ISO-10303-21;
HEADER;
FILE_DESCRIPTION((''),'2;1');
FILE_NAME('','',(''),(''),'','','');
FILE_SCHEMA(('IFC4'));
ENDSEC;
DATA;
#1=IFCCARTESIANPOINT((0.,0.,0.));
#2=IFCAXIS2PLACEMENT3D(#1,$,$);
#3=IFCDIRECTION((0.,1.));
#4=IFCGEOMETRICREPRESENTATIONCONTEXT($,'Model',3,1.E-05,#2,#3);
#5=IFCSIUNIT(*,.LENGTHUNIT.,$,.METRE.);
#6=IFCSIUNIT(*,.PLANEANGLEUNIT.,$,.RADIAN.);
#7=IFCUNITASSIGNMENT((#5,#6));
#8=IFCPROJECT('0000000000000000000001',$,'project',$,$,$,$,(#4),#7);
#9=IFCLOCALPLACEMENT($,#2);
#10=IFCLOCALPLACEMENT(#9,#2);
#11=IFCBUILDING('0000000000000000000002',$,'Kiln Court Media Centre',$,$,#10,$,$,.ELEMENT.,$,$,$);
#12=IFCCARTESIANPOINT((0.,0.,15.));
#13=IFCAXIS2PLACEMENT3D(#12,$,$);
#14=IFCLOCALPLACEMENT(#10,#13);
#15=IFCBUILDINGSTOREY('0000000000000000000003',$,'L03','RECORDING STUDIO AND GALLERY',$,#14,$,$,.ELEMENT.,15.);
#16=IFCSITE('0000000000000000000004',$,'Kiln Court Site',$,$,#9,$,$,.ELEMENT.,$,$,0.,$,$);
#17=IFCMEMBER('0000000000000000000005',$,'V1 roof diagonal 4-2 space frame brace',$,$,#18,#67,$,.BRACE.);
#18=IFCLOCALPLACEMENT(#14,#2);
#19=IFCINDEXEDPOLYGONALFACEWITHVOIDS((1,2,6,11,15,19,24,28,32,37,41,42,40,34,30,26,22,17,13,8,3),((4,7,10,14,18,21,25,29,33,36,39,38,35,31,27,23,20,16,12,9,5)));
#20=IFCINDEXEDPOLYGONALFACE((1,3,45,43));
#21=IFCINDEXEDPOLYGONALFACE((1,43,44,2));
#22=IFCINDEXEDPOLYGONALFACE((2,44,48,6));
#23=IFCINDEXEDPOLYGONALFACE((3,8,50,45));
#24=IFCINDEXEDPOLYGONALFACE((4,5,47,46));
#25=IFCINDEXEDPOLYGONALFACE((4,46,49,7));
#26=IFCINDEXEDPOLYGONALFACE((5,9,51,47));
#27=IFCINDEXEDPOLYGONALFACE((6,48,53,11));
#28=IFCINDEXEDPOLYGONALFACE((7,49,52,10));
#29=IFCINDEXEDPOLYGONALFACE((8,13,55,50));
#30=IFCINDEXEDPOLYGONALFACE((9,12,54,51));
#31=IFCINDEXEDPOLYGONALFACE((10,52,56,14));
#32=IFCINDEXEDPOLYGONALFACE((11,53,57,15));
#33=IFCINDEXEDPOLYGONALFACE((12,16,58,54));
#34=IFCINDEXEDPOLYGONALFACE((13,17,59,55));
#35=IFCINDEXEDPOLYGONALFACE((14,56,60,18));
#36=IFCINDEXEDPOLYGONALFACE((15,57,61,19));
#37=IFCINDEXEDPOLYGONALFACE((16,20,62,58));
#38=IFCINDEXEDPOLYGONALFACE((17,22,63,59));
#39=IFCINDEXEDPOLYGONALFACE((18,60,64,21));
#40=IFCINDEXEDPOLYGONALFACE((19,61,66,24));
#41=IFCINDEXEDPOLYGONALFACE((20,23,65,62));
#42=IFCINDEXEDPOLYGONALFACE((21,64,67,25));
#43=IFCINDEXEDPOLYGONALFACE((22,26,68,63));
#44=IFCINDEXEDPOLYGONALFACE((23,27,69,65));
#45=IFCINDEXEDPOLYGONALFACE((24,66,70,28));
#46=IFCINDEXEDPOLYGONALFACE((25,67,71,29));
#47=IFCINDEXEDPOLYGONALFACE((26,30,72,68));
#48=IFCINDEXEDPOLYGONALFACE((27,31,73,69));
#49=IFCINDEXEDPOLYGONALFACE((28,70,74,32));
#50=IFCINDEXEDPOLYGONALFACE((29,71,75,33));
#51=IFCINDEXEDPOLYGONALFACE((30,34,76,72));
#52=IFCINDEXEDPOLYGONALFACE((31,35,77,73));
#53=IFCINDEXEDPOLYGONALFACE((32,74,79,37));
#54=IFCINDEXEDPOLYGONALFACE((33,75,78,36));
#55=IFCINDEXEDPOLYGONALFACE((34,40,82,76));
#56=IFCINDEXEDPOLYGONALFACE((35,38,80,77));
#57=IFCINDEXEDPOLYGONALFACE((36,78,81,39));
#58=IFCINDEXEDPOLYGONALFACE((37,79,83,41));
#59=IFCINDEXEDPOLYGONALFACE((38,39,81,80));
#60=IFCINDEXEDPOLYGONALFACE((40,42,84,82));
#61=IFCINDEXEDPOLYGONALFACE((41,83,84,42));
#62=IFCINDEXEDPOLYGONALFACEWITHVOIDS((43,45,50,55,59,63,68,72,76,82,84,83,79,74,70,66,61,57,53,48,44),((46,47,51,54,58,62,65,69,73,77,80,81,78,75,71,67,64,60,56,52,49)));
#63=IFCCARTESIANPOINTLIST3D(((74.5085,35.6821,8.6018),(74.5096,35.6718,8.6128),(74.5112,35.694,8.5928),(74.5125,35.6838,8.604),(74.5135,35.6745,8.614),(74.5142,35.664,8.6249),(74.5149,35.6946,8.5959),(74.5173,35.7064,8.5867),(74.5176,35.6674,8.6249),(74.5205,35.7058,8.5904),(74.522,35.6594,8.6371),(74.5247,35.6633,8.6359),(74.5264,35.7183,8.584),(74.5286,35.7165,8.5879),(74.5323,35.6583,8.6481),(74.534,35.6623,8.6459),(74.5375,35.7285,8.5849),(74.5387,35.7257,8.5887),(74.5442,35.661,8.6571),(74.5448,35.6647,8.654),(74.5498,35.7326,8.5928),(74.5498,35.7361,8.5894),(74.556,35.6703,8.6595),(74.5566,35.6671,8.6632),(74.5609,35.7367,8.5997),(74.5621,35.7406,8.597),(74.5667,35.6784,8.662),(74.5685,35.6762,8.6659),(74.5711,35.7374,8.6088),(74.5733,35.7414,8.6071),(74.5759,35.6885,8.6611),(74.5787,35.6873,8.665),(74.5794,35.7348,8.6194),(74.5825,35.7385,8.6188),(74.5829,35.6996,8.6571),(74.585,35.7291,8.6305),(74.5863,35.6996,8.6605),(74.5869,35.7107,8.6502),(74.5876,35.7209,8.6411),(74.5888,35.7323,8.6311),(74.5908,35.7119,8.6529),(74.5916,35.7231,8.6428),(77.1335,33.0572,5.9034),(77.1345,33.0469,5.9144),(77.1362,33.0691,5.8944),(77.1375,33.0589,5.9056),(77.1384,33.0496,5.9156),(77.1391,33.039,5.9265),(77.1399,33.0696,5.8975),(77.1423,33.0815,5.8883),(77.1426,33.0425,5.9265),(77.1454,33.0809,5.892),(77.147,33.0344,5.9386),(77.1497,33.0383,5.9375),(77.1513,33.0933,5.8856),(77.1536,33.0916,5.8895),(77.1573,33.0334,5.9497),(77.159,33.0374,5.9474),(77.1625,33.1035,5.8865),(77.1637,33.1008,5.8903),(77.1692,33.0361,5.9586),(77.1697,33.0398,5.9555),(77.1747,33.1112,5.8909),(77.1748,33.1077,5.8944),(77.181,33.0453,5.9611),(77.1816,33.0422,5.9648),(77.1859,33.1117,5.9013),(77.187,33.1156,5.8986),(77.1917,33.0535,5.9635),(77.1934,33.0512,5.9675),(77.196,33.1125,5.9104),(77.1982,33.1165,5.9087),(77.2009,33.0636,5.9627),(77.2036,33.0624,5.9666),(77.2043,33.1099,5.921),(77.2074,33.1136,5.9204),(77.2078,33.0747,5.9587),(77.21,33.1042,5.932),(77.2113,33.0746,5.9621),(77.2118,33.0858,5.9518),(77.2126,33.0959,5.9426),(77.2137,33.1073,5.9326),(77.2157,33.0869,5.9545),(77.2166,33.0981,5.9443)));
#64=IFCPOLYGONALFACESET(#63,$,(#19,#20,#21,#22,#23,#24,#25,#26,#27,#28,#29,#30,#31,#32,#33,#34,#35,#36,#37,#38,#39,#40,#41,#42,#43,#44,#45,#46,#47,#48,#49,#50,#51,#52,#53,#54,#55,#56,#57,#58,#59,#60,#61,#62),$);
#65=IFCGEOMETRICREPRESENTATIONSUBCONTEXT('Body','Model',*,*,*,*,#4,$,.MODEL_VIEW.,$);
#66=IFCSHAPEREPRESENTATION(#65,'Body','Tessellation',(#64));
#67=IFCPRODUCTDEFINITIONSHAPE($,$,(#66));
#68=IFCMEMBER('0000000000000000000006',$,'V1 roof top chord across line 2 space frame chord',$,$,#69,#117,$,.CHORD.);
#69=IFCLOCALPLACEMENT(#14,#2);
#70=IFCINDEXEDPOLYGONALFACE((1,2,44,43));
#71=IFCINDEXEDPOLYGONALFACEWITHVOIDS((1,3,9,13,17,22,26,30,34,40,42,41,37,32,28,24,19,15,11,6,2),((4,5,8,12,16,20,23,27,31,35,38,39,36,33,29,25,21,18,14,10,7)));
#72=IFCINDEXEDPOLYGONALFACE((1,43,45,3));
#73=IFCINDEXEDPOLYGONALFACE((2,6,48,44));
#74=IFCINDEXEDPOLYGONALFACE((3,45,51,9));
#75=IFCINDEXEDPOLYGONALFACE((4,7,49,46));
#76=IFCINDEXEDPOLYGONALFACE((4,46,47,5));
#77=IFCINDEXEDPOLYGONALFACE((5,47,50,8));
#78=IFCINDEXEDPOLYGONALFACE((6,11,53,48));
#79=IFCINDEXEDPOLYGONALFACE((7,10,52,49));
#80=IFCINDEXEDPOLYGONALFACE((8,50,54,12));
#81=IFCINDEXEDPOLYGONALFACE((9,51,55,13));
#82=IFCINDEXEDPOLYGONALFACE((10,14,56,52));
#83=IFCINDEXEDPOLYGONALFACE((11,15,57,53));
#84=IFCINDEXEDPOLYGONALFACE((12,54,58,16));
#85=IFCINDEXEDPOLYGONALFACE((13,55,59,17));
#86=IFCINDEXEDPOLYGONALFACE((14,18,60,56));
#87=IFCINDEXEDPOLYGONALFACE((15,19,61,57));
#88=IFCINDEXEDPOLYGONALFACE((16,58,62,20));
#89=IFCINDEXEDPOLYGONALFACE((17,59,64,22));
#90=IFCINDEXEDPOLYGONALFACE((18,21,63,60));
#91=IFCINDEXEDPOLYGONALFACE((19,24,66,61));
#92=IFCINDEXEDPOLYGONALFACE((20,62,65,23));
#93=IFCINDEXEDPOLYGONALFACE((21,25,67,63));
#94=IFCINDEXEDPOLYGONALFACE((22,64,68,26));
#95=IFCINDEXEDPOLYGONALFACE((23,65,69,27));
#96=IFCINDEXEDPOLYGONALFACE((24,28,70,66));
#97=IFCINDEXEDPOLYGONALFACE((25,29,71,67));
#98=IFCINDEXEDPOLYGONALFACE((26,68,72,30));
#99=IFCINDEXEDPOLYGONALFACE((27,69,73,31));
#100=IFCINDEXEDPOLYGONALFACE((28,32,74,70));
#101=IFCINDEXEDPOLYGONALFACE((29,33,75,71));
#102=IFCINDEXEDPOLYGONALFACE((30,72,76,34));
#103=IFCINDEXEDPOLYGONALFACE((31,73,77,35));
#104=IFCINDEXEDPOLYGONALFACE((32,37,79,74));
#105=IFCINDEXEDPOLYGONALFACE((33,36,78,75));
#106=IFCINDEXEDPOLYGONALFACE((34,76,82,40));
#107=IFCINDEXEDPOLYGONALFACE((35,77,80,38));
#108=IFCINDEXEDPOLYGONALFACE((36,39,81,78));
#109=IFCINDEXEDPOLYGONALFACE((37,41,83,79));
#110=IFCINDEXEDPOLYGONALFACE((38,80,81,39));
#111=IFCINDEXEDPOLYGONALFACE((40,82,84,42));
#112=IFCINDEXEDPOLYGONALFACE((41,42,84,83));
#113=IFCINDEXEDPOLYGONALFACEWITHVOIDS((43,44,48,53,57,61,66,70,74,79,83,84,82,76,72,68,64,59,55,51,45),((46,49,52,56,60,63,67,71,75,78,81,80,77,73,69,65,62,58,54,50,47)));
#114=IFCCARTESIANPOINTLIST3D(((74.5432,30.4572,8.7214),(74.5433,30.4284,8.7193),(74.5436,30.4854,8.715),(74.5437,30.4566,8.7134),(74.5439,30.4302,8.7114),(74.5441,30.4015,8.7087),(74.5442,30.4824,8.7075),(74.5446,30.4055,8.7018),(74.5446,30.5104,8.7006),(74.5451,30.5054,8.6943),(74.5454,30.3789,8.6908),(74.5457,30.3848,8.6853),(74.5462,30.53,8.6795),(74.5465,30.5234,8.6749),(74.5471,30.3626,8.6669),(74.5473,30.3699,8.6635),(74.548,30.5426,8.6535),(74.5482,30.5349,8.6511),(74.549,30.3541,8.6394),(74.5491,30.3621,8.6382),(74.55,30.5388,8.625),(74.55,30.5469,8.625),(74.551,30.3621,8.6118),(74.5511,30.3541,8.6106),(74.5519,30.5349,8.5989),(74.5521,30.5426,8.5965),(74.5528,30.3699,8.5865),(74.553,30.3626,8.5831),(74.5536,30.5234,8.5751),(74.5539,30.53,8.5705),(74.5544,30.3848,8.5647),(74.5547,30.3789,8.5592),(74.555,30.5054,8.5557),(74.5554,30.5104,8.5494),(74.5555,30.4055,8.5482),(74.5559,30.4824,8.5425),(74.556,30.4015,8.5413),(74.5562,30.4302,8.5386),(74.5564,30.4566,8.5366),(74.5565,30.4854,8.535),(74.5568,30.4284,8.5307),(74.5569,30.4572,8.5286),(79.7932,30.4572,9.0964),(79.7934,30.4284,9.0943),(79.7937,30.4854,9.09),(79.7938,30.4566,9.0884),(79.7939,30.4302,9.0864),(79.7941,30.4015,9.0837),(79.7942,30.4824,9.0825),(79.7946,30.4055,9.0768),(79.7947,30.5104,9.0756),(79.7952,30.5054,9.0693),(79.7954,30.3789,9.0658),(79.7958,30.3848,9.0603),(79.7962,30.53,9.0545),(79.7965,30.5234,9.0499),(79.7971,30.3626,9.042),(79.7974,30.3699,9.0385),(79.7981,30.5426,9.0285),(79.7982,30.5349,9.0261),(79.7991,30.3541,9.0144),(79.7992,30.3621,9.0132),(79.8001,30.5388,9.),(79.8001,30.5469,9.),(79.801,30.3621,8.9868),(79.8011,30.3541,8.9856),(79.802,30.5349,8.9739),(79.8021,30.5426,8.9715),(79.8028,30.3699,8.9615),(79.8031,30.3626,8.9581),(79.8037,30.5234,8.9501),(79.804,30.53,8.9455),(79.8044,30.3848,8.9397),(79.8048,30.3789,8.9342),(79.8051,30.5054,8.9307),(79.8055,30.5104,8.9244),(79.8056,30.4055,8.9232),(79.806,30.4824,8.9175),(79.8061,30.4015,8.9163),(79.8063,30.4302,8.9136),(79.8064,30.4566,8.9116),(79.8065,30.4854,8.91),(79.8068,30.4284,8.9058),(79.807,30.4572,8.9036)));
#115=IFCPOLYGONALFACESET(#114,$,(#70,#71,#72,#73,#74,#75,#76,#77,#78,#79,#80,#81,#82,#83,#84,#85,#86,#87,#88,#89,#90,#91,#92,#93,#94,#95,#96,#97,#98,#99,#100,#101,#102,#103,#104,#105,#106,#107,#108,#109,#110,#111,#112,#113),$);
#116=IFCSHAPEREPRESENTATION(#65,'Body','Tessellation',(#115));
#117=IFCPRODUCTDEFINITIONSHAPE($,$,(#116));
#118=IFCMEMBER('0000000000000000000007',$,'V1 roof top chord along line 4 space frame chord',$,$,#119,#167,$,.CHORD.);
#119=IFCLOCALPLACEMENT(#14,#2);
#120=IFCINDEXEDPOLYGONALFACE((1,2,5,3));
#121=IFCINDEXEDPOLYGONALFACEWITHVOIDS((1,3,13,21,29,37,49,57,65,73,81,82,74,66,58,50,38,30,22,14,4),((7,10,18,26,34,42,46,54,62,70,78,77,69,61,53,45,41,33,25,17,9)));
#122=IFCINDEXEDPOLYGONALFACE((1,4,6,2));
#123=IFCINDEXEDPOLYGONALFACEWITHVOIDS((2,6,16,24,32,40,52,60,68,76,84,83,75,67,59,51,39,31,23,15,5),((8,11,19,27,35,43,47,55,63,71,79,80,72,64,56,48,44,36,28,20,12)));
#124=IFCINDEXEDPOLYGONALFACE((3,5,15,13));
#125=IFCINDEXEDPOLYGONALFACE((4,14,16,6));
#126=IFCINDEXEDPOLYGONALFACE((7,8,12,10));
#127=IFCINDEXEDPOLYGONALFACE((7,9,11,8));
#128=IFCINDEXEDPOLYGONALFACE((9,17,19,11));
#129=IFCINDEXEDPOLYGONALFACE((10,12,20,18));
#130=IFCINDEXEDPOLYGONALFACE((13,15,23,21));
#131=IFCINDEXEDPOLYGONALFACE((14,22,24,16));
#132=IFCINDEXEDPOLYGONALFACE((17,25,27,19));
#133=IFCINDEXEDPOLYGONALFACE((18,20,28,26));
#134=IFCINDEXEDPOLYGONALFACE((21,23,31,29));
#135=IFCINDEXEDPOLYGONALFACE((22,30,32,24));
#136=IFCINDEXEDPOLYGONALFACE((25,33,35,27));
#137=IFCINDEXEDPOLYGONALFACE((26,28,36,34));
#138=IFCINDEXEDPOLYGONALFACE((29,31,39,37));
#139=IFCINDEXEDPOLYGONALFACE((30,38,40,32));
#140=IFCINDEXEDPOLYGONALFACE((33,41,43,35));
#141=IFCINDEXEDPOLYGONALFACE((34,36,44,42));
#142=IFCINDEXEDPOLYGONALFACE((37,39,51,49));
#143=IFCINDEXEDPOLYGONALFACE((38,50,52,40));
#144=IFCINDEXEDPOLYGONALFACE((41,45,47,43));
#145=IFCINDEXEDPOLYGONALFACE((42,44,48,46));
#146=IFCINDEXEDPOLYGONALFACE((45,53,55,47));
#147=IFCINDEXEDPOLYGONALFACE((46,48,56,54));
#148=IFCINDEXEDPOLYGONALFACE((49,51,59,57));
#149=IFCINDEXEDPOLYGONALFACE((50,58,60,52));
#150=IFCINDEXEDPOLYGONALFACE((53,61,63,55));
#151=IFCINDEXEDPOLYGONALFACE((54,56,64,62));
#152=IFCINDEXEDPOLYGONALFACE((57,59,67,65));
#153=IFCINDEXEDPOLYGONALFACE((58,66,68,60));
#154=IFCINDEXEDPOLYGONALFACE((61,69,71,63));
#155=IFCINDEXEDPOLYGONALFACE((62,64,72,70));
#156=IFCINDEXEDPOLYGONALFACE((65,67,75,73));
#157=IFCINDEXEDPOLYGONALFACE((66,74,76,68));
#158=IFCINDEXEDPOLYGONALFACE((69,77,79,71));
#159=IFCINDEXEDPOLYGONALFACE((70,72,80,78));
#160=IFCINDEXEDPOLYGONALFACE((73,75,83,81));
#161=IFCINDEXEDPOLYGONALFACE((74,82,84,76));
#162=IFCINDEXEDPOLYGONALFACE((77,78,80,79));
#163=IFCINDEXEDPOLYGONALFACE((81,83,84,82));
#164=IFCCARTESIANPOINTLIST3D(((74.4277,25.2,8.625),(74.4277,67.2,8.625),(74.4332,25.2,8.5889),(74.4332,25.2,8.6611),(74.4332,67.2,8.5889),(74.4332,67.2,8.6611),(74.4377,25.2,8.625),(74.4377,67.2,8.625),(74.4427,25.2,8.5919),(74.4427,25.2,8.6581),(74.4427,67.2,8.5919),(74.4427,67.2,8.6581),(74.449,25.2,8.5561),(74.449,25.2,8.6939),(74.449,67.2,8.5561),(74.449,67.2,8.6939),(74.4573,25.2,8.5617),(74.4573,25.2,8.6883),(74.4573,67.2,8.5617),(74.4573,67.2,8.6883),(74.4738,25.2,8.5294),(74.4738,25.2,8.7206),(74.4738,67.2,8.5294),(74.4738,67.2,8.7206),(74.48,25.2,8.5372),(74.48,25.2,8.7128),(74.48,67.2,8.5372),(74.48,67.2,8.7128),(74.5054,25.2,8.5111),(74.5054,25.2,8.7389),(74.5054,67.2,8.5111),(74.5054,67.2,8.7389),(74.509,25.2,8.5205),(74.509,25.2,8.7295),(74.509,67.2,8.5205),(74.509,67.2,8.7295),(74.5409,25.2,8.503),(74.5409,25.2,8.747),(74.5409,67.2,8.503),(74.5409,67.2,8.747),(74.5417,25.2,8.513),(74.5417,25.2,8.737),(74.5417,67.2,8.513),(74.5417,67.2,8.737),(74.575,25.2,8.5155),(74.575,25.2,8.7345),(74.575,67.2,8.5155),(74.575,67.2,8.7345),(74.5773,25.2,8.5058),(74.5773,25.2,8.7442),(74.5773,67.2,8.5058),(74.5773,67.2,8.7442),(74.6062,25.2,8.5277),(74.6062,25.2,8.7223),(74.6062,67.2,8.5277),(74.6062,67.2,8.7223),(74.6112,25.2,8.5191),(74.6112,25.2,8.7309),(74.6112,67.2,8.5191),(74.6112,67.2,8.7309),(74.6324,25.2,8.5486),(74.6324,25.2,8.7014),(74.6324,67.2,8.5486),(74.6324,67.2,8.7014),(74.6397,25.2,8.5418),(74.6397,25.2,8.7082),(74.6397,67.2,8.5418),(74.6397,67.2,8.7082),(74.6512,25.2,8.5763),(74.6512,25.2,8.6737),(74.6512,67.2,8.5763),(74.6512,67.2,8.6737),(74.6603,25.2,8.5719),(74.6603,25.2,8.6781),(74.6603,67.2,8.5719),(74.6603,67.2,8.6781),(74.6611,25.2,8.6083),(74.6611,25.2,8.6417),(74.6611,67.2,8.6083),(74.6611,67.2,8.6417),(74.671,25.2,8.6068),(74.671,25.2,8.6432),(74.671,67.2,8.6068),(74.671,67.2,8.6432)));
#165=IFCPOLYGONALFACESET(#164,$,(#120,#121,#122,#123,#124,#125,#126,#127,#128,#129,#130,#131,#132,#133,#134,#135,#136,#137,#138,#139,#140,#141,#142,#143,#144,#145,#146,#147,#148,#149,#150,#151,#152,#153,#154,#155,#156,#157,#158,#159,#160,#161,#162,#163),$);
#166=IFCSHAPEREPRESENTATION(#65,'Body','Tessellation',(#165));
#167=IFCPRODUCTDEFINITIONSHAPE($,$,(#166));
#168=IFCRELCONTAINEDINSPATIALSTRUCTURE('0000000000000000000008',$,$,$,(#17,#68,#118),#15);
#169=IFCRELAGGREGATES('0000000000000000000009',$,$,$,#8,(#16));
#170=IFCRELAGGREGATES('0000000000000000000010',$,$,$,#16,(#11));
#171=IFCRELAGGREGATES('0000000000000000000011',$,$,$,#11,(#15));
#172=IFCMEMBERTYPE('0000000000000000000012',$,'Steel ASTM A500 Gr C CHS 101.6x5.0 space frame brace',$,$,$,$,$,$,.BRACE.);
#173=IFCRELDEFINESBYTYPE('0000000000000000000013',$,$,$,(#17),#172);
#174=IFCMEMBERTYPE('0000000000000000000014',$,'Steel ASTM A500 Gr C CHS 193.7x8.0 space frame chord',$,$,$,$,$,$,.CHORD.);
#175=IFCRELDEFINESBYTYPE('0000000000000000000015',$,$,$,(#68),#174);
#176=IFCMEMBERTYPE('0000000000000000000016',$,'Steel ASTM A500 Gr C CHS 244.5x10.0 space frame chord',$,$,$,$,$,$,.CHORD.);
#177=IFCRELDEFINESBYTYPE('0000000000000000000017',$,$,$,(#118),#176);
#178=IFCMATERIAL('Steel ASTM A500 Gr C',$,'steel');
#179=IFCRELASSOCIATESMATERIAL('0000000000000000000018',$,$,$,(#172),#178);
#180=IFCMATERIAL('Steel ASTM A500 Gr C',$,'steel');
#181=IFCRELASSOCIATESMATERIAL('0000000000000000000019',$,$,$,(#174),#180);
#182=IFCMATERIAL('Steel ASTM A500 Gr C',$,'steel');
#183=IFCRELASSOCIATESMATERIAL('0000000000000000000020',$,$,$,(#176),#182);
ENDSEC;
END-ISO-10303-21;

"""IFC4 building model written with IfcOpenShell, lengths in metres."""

from ifc_helpers import new_model, si_unit, direction, frame, origin, origin_2d, place, context, subcontext, project, spatial, hollow_circle, extrude, material, material_profile, profile_set, type_object, element, save


model = new_model("IFC4")

# Units and contexts
model_context = context("Model", 3, precision=1e-05, world=origin(), true_north=direction((0.0, 1.0)))
body_context = subcontext(model_context, "Body", "Model", "MODEL_VIEW")
ifc_project = project(units=[si_unit("LENGTHUNIT", "METRE"), si_unit("PLANEANGLEUNIT", "RADIAN")], contexts=[model_context])

# Site, building, storey
site_placement = place(None, origin())
site = spatial("IfcSite", under=ifc_project, at=site_placement, Name="Kiln Court Site", CompositionType="ELEMENT", RefElevation=0.0)
building_placement = place(site_placement, origin())
building = spatial("IfcBuilding", under=site, at=building_placement, Name="Kiln Court Media Centre", CompositionType="ELEMENT")
storey_placement = place(building_placement, frame((0.0, 0.0, 15.0)))
storey = spatial("IfcBuildingStorey", under=building, at=storey_placement, Name="L03", Description="RECORDING STUDIO AND GALLERY", CompositionType="ELEMENT", Elevation=15.0)

# Members
ifc_material_1 = material(Name="Steel ASTM A500 Gr C", Category="steel")
ifc_material_profile_1 = material_profile(ifc_material_1, hollow_circle(Radius=0.0508, WallThickness=0.0049, at=origin_2d()), Name="CHS 101.6x5.0")
ifc_profile_set_1 = profile_set([ifc_material_profile_1], Name="Steel ASTM A500 Gr C")
member_type_1 = type_object("IfcMemberType", Name="Steel ASTM A500 Gr C CHS 101.6x5.0 space frame brace", PredefinedType="BRACE", material=ifc_profile_set_1)
member_1_placement = place(storey_placement, frame((77.175, 33.075, 5.9265), z_axis=(-0.571964, 0.571964, 0.587976), x_axis=(-0.707107, -0.707107, 0.0)))
element("IfcMember", 1, at=member_1_placement, inside=storey, type_object=member_type_1, Name="V1 roof diagonal 4-2 space frame brace", PredefinedType="BRACE", context=body_context, shape_type="SweptSolid", body=[
    extrude(hollow_circle(Radius=0.0508, WallThickness=0.0049, at=origin_2d()), origin(), (0.0, 0.0, 1.0), 4.5894),
])
ifc_material_2 = material(Name="Steel ASTM A500 Gr C", Category="steel")
ifc_material_profile_2 = material_profile(ifc_material_2, hollow_circle(Radius=0.0969, WallThickness=0.0081, at=origin_2d()), Name="CHS 193.7x8.0")
ifc_profile_set_2 = profile_set([ifc_material_profile_2], Name="Steel ASTM A500 Gr C")
member_type_2 = type_object("IfcMemberType", Name="Steel ASTM A500 Gr C CHS 193.7x8.0 space frame chord", PredefinedType="CHORD", material=ifc_profile_set_2)
member_2_placement = place(storey_placement, frame((74.55, 30.45, 8.625), z_axis=(0.997459, 0.0, 0.071247), x_axis=(0.0, 1.0, 0.0)))
element("IfcMember", 2, at=member_2_placement, inside=storey, type_object=member_type_2, Name="V1 roof top chord across line 2 space frame chord", PredefinedType="CHORD", context=body_context, shape_type="SweptSolid", body=[
    extrude(hollow_circle(Radius=0.0969, WallThickness=0.0081, at=origin_2d()), origin(), (0.0, 0.0, 1.0), 5.2634),
])
ifc_material_3 = material(Name="Steel ASTM A500 Gr C", Category="steel")
ifc_material_profile_3 = material_profile(ifc_material_3, hollow_circle(Radius=0.1223, WallThickness=0.01, at=origin_2d()), Name="CHS 244.5x10.0")
ifc_profile_set_3 = profile_set([ifc_material_profile_3], Name="Steel ASTM A500 Gr C")
member_type_3 = type_object("IfcMemberType", Name="Steel ASTM A500 Gr C CHS 244.5x10.0 space frame chord", PredefinedType="CHORD", material=ifc_profile_set_3)
member_3_placement = place(storey_placement, frame((74.55, 25.2, 8.625), z_axis=(0.0, 1.0, 0.0), x_axis=(-1.0, 0.0, 0.0)))
element("IfcMember", 3, at=member_3_placement, inside=storey, type_object=member_type_3, Name="V1 roof top chord along line 4 space frame chord", PredefinedType="CHORD", context=body_context, shape_type="SweptSolid", body=[
    extrude(hollow_circle(Radius=0.1223, WallThickness=0.01, at=origin_2d()), origin(), (0.0, 0.0, 1.0), 42.0),
])

save(model, "model.ifc")
